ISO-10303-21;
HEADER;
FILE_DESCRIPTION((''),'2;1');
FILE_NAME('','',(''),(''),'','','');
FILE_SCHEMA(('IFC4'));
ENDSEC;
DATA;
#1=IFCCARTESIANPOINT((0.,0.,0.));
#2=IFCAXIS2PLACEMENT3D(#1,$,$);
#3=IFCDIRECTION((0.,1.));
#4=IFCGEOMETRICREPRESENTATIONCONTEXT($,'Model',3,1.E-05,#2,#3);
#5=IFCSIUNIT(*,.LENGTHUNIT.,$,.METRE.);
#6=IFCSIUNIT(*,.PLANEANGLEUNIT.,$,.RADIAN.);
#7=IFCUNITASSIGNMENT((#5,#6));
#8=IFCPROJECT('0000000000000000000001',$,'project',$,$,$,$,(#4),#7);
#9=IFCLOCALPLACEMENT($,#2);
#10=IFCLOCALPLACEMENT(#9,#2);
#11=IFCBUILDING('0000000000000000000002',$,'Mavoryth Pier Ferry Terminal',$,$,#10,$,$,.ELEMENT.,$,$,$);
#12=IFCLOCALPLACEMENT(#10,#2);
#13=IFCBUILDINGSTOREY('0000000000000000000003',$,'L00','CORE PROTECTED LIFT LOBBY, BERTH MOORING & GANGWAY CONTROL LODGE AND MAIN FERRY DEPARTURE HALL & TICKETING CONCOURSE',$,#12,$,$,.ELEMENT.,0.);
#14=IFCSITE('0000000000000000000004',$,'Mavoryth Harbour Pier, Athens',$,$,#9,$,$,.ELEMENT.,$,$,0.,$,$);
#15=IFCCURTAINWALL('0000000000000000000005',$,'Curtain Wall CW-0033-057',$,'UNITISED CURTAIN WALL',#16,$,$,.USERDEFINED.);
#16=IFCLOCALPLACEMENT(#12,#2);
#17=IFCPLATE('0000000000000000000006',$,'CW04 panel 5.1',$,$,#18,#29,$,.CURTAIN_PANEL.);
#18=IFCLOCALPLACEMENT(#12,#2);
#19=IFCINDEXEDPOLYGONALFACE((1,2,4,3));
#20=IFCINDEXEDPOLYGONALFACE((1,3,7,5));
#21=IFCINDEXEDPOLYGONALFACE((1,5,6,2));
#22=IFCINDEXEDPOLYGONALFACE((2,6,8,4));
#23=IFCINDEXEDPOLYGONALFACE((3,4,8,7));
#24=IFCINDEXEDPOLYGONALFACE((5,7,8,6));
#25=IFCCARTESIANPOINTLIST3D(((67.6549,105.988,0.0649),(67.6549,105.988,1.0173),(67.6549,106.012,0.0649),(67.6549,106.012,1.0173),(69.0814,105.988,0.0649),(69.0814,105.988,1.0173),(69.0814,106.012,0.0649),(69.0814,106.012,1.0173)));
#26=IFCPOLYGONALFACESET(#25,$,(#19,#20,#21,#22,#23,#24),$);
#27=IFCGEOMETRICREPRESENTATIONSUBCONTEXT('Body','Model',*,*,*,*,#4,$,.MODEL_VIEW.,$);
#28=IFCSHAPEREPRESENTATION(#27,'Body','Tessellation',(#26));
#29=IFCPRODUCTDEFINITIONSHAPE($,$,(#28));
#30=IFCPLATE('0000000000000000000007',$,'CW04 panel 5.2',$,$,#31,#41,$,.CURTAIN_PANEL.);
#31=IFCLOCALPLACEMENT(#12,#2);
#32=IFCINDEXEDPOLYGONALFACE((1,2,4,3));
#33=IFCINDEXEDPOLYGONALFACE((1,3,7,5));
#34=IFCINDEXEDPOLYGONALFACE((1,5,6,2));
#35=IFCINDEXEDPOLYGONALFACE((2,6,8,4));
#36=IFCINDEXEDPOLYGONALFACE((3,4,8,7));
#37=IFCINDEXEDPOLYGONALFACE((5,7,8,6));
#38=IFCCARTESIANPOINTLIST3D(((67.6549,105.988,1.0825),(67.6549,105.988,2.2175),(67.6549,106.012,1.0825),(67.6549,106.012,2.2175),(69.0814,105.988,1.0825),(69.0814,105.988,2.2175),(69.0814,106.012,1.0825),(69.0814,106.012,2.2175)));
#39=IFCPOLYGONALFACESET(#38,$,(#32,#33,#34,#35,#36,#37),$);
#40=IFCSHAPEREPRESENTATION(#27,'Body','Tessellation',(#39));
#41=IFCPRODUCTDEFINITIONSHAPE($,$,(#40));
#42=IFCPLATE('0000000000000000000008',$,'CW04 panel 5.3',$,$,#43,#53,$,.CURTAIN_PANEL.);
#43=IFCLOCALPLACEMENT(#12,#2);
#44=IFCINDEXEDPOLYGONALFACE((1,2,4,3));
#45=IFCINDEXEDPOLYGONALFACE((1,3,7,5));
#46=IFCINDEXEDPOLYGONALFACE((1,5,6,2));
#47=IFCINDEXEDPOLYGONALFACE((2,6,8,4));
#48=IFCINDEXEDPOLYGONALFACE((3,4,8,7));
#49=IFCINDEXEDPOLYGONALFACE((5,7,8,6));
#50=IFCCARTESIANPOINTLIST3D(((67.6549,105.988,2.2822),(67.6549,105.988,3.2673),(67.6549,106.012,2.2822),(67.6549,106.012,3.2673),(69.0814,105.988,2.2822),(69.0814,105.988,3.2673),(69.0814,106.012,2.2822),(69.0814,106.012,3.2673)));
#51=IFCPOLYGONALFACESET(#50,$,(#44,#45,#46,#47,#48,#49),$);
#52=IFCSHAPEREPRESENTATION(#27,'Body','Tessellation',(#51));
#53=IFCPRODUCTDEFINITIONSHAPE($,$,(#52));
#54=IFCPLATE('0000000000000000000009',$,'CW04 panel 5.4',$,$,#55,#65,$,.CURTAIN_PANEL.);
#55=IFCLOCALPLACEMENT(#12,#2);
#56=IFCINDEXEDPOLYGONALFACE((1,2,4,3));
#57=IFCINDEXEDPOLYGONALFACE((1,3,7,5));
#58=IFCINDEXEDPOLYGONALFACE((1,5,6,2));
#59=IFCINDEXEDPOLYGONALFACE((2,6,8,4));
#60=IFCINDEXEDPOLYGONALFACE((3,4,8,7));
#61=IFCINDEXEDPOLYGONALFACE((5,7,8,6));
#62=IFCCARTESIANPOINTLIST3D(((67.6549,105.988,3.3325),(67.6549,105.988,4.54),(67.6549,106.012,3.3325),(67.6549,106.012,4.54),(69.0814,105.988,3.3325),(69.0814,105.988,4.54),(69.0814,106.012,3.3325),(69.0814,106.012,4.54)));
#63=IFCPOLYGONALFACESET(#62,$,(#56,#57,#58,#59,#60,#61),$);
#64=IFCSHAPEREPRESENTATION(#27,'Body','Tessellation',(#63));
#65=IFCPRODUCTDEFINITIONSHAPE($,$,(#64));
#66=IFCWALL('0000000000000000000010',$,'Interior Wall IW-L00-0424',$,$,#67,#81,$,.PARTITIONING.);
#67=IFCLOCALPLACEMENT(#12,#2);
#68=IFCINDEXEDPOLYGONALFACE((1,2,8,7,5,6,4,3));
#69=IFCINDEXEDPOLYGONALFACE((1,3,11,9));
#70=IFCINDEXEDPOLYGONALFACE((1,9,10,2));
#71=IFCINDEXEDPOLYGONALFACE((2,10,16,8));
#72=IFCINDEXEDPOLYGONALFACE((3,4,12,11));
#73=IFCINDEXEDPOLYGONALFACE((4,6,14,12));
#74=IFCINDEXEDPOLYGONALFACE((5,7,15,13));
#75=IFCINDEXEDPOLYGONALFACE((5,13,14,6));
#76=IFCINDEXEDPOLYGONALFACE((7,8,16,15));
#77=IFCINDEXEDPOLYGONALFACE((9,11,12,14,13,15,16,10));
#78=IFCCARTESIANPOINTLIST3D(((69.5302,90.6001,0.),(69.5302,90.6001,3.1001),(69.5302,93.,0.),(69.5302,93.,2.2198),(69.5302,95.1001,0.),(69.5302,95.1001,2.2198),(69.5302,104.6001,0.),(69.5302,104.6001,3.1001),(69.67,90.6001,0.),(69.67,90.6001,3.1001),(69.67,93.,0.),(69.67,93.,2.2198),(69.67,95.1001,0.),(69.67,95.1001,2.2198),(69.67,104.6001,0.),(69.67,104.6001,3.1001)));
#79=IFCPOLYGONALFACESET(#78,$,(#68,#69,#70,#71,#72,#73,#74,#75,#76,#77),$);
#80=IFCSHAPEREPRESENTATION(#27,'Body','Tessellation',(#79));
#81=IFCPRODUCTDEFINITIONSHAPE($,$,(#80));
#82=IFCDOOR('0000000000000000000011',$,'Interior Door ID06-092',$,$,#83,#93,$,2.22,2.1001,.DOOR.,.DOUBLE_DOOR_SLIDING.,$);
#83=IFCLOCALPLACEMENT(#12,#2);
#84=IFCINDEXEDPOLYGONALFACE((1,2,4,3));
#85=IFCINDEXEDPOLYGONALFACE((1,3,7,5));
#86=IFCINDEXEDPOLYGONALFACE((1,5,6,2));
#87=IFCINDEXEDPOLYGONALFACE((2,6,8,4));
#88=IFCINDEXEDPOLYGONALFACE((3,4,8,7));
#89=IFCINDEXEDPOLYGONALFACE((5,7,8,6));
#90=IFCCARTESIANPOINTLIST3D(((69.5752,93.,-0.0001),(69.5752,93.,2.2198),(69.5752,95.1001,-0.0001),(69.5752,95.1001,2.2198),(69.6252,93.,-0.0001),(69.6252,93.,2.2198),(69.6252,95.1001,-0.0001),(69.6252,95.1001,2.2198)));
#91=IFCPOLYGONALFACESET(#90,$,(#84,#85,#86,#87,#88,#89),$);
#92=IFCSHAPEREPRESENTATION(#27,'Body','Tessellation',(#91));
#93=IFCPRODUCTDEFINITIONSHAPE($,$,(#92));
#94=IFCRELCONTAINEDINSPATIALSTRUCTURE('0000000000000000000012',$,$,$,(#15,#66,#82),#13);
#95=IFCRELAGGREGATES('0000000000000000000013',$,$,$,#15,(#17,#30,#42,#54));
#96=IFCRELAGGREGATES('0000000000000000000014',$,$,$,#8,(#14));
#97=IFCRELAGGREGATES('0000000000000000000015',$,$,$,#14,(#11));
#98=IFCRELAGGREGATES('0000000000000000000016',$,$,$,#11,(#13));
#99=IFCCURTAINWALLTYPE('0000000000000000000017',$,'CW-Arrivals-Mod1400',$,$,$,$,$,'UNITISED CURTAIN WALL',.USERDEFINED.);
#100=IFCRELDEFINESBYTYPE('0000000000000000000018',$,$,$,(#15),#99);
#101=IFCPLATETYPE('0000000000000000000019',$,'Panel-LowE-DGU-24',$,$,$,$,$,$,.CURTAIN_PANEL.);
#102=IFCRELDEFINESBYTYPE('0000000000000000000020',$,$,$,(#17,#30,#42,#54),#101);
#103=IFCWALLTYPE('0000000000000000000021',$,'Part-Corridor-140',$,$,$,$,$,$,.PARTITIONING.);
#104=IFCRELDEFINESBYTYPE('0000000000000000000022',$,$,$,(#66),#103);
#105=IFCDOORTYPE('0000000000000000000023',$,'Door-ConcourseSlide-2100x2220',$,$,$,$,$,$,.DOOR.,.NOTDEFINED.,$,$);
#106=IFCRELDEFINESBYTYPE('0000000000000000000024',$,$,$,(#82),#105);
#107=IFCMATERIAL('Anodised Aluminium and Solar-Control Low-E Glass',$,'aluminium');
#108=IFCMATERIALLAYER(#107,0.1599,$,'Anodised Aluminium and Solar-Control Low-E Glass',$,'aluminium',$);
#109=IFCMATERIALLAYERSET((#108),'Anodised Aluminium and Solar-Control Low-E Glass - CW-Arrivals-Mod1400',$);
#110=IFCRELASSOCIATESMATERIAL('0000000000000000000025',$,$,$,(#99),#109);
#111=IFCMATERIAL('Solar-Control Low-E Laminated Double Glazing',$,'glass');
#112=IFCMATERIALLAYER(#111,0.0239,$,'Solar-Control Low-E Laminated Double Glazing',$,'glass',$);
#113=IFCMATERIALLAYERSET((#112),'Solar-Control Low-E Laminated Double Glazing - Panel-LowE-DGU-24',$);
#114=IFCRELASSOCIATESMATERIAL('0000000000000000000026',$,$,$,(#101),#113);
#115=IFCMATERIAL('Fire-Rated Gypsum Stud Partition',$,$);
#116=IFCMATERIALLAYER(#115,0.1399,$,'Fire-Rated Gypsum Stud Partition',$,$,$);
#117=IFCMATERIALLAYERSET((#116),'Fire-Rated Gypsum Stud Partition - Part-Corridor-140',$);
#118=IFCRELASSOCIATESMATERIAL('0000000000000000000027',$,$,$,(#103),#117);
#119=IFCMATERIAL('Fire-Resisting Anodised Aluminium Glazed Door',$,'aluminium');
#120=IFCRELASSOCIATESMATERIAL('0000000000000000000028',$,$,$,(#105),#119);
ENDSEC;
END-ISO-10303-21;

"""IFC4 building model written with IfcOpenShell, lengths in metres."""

from ifc_helpers import new_model, si_unit, direction, frame, frame_2d, origin, origin_2d, place, context, subcontext, project, spatial, rectangle, extrude, material, layer, layer_set, type_object, element, fill, aggregate, save


model = new_model("IFC4")

# Units and contexts
model_context = context("Model", 3, precision=1e-05, world=origin(), true_north=direction((0.0, 1.0)))
body_context = subcontext(model_context, "Body", "Model", "MODEL_VIEW")
ifc_project = project(units=[si_unit("LENGTHUNIT", "METRE"), si_unit("PLANEANGLEUNIT", "RADIAN")], contexts=[model_context])

# Site, building, storey
site_placement = place(None, origin())
site = spatial("IfcSite", under=ifc_project, at=site_placement, Name="Mavoryth Harbour Pier, Athens", CompositionType="ELEMENT", RefElevation=0.0)
building_placement = place(site_placement, origin())
building = spatial("IfcBuilding", under=site, at=building_placement, Name="Mavoryth Pier Ferry Terminal", CompositionType="ELEMENT")
storey_placement = place(building_placement, origin())
storey = spatial("IfcBuildingStorey", under=building, at=storey_placement, Name="L00", Description="CORE PROTECTED LIFT LOBBY, BERTH MOORING & GANGWAY CONTROL LODGE AND MAIN FERRY DEPARTURE HALL & TICKETING CONCOURSE", CompositionType="ELEMENT", Elevation=0.0)

# Curtain wall, plates
ifc_material_1 = material(Name="Anodised Aluminium and Solar-Control Low-E Glass", Category="aluminium")
ifc_layer_1 = layer(ifc_material_1, 0.1599, Name="Anodised Aluminium and Solar-Control Low-E Glass", Category="aluminium")
ifc_layer_set_1 = layer_set([ifc_layer_1], Name="Anodised Aluminium and Solar-Control Low-E Glass - CW-Arrivals-Mod1400")
curtain_wall_type = type_object("IfcCurtainWallType", Name="CW-Arrivals-Mod1400", ElementType="UNITISED CURTAIN WALL", PredefinedType="USERDEFINED", material=ifc_layer_set_1)
curtain_wall_placement = place(storey_placement, origin())
curtain_wall = element("IfcCurtainWall", 1, at=curtain_wall_placement, inside=storey, type_object=curtain_wall_type, Name="Curtain Wall CW-0033-057", ObjectType="UNITISED CURTAIN WALL", PredefinedType="USERDEFINED")
ifc_material_2 = material(Name="Solar-Control Low-E Laminated Double Glazing", Category="glass")
ifc_layer_2 = layer(ifc_material_2, 0.0239, Name="Solar-Control Low-E Laminated Double Glazing", Category="glass")
ifc_layer_set_2 = layer_set([ifc_layer_2], Name="Solar-Control Low-E Laminated Double Glazing - Panel-LowE-DGU-24")
plate_type = type_object("IfcPlateType", Name="Panel-LowE-DGU-24", PredefinedType="CURTAIN_PANEL", material=ifc_layer_set_2)
plate_1_placement = place(storey_placement, frame((68.3682, 106.0, 0.0649), z_axis=(0.0, 0.0, 1.0), x_axis=(-1.0, 0.0, 0.0)))
plate_1 = element("IfcPlate", 2, at=plate_1_placement, type_object=plate_type, Name="CW04 panel 5.1", PredefinedType="CURTAIN_PANEL", context=body_context, shape_type="SweptSolid", body=[
    extrude(rectangle(XDim=1.4265, YDim=0.0239, at=origin_2d()), origin(), (0.0, 0.0, 1.0), 0.9524),
])
plate_2_placement = place(storey_placement, frame((68.3682, 106.0, 1.0825), z_axis=(0.0, 0.0, 1.0), x_axis=(-1.0, 0.0, 0.0)))
plate_2 = element("IfcPlate", 3, at=plate_2_placement, type_object=plate_type, Name="CW04 panel 5.2", PredefinedType="CURTAIN_PANEL", context=body_context, shape_type="SweptSolid", body=[
    extrude(rectangle(XDim=1.4265, YDim=0.0239, at=origin_2d()), origin(), (0.0, 0.0, 1.0), 1.135),
])
plate_3_placement = place(storey_placement, frame((68.3682, 106.0, 2.2822), z_axis=(0.0, 0.0, 1.0), x_axis=(-1.0, 0.0, 0.0)))
plate_3 = element("IfcPlate", 4, at=plate_3_placement, type_object=plate_type, Name="CW04 panel 5.3", PredefinedType="CURTAIN_PANEL", context=body_context, shape_type="SweptSolid", body=[
    extrude(rectangle(XDim=1.4265, YDim=0.0239, at=origin_2d()), origin(), (0.0, 0.0, 1.0), 0.9851),
])
plate_4_placement = place(storey_placement, frame((68.3682, 106.0, 3.3325), z_axis=(0.0, 0.0, 1.0), x_axis=(-1.0, 0.0, 0.0)))
plate_4 = element("IfcPlate", 5, at=plate_4_placement, type_object=plate_type, Name="CW04 panel 5.4", PredefinedType="CURTAIN_PANEL", context=body_context, shape_type="SweptSolid", body=[
    extrude(rectangle(XDim=1.4265, YDim=0.0239, at=origin_2d()), origin(), (0.0, 0.0, 1.0), 1.2075),
])
aggregate(curtain_wall, [plate_1, plate_2, plate_3, plate_4])

# Wall, opening, door
ifc_material_3 = material(Name="Fire-Rated Gypsum Stud Partition")
ifc_layer_3 = layer(ifc_material_3, 0.1399, Name="Fire-Rated Gypsum Stud Partition")
ifc_layer_set_3 = layer_set([ifc_layer_3], Name="Fire-Rated Gypsum Stud Partition - Part-Corridor-140")
wall_type = type_object("IfcWallType", Name="Part-Corridor-140", PredefinedType="PARTITIONING", material=ifc_layer_set_3)
wall_placement = place(storey_placement, frame((69.6001, 90.6001, 0.0), z_axis=(0.0, 0.0, 1.0), x_axis=(0.0, 1.0, 0.0)))
wall = element("IfcWall", 6, at=wall_placement, inside=storey, type_object=wall_type, Name="Interior Wall IW-L00-0424", PredefinedType="PARTITIONING", context=body_context, shape_type="SweptSolid", body=[
    extrude(rectangle(XDim=14.0, YDim=0.1399, at=frame_2d((7.0, 0.0))), origin(), (0.0, 0.0, 1.0), 3.1001),
])
opening_placement = place(wall_placement, frame((2.3999, 0.0, 0.0)))
opening = element("IfcOpeningElement", 7, at=opening_placement, cuts=wall, PredefinedType="OPENING", context=body_context, shape_type="SweptSolid", body=[
    extrude(rectangle(XDim=2.1001, YDim=2.22, at=frame_2d((1.05, 1.1099))), frame((0.0, 0.0798, 0.0), z_axis=(0.0, -1.0, 0.0), x_axis=(1.0, 0.0, 0.0)), (0.0, 0.0, 1.0), 0.1599),
])
ifc_material_4 = material(Name="Fire-Resisting Anodised Aluminium Glazed Door", Category="aluminium")
door_type = type_object("IfcDoorType", Name="Door-ConcourseSlide-2100x2220", OperationType="NOTDEFINED", PredefinedType="DOOR", material=ifc_material_4)
door_placement = place(opening_placement, origin())
door = element("IfcDoor", 8, at=door_placement, inside=storey, type_object=door_type, Name="Interior Door ID06-092", OperationType="DOUBLE_DOOR_SLIDING", OverallHeight=2.22, OverallWidth=2.1001, PredefinedType="DOOR", context=body_context, shape_type="SweptSolid", body=[
    extrude(rectangle(XDim=2.1001, YDim=2.22, at=frame_2d((1.05, 1.1099))), frame((0.0, 0.0249, 0.0), z_axis=(0.0, -1.0, 0.0), x_axis=(1.0, 0.0, 0.0)), (0.0, 0.0, 1.0), 0.05),
])
fill(opening, door)

save(model, "model.ifc")
